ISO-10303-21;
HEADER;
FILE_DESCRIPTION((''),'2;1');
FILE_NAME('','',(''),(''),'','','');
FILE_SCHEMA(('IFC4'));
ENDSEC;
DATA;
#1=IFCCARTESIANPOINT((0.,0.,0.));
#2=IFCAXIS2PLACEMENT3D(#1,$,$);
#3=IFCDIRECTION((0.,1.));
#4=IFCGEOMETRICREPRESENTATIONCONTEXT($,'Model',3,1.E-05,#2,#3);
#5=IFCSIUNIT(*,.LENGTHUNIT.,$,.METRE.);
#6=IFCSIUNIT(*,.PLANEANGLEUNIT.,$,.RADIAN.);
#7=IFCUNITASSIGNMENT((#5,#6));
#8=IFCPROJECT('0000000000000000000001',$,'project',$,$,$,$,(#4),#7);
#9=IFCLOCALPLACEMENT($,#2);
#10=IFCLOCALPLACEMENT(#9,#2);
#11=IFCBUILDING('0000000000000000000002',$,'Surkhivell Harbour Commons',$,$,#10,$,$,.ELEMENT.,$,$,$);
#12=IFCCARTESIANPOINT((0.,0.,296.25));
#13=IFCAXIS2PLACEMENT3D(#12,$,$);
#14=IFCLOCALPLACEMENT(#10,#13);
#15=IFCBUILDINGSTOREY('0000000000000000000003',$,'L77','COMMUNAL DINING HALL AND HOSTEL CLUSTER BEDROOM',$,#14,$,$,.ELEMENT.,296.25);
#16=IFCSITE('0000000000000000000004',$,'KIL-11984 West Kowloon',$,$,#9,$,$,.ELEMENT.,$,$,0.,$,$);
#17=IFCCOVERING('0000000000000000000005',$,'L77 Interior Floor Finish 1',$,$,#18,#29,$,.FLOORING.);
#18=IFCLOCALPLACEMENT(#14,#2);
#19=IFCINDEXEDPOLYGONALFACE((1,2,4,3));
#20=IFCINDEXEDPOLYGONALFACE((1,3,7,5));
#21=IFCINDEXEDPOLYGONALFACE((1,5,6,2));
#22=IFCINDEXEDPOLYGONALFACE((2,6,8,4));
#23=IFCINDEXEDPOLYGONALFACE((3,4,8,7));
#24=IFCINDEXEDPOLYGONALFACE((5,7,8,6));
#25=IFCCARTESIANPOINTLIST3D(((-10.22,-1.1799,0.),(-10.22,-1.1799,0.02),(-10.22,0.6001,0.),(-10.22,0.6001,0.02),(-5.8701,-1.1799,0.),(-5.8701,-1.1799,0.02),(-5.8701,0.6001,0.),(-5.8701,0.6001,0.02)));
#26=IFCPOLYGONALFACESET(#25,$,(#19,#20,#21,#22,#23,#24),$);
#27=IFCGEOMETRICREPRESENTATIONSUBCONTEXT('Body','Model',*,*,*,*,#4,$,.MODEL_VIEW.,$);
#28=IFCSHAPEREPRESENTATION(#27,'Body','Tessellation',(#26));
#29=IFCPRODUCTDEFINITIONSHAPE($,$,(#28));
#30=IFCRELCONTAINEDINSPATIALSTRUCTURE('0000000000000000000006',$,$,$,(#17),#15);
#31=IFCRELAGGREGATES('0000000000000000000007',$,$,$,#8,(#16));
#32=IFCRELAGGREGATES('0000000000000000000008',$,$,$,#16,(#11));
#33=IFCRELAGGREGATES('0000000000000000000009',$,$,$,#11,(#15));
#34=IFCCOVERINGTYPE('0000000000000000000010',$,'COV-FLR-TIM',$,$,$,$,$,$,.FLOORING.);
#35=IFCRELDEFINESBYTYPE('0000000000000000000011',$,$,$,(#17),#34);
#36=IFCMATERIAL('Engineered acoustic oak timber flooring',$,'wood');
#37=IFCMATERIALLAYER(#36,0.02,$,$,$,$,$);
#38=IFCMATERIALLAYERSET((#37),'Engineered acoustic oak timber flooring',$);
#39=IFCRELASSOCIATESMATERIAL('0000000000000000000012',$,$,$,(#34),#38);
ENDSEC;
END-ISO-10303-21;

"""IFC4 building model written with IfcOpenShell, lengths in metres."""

from ifc_helpers import new_model, si_unit, direction, frame, origin, place, context, subcontext, project, spatial, polyline, outline, extrude, material, layer, layer_set, type_object, element, save


model = new_model("IFC4")

# Units and contexts
model_context = context("Model", 3, precision=1e-05, world=origin(), true_north=direction((0.0, 1.0)))
body_context = subcontext(model_context, "Body", "Model", "MODEL_VIEW")
ifc_project = project(units=[si_unit("LENGTHUNIT", "METRE"), si_unit("PLANEANGLEUNIT", "RADIAN")], contexts=[model_context])

# Site, building, storey
site_placement = place(None, origin())
site = spatial("IfcSite", under=ifc_project, at=site_placement, Name="KIL-11984 West Kowloon", CompositionType="ELEMENT", RefElevation=0.0)
building_placement = place(site_placement, origin())
building = spatial("IfcBuilding", under=site, at=building_placement, Name="Surkhivell Harbour Commons", CompositionType="ELEMENT")
storey_placement = place(building_placement, frame((0.0, 0.0, 296.25)))
storey = spatial("IfcBuildingStorey", under=building, at=storey_placement, Name="L77", Description="COMMUNAL DINING HALL AND HOSTEL CLUSTER BEDROOM", CompositionType="ELEMENT", Elevation=296.25)

# Covering
ifc_material_1 = material(Name="Engineered acoustic oak timber flooring", Category="wood")
ifc_layer_1 = layer(ifc_material_1, 0.02)
ifc_layer_set_1 = layer_set([ifc_layer_1], Name="Engineered acoustic oak timber flooring")
covering_type_1 = type_object("IfcCoveringType", Name="COV-FLR-TIM", PredefinedType="FLOORING", material=ifc_layer_set_1)
covering_1_placement = place(storey_placement, origin())
element("IfcCovering", 1, at=covering_1_placement, inside=storey, type_object=covering_type_1, Name="L77 Interior Floor Finish 1", PredefinedType="FLOORING", context=body_context, shape_type="SweptSolid", body=[
    extrude(outline(polyline([(-10.22, -1.1799), (-5.8701, -1.1799), (-5.8701, 0.6001), (-10.22, 0.6001), (-10.22, -1.1799)])), origin(), (0.0, 0.0, 1.0), 0.02),
])

save(model, "model.ifc")
